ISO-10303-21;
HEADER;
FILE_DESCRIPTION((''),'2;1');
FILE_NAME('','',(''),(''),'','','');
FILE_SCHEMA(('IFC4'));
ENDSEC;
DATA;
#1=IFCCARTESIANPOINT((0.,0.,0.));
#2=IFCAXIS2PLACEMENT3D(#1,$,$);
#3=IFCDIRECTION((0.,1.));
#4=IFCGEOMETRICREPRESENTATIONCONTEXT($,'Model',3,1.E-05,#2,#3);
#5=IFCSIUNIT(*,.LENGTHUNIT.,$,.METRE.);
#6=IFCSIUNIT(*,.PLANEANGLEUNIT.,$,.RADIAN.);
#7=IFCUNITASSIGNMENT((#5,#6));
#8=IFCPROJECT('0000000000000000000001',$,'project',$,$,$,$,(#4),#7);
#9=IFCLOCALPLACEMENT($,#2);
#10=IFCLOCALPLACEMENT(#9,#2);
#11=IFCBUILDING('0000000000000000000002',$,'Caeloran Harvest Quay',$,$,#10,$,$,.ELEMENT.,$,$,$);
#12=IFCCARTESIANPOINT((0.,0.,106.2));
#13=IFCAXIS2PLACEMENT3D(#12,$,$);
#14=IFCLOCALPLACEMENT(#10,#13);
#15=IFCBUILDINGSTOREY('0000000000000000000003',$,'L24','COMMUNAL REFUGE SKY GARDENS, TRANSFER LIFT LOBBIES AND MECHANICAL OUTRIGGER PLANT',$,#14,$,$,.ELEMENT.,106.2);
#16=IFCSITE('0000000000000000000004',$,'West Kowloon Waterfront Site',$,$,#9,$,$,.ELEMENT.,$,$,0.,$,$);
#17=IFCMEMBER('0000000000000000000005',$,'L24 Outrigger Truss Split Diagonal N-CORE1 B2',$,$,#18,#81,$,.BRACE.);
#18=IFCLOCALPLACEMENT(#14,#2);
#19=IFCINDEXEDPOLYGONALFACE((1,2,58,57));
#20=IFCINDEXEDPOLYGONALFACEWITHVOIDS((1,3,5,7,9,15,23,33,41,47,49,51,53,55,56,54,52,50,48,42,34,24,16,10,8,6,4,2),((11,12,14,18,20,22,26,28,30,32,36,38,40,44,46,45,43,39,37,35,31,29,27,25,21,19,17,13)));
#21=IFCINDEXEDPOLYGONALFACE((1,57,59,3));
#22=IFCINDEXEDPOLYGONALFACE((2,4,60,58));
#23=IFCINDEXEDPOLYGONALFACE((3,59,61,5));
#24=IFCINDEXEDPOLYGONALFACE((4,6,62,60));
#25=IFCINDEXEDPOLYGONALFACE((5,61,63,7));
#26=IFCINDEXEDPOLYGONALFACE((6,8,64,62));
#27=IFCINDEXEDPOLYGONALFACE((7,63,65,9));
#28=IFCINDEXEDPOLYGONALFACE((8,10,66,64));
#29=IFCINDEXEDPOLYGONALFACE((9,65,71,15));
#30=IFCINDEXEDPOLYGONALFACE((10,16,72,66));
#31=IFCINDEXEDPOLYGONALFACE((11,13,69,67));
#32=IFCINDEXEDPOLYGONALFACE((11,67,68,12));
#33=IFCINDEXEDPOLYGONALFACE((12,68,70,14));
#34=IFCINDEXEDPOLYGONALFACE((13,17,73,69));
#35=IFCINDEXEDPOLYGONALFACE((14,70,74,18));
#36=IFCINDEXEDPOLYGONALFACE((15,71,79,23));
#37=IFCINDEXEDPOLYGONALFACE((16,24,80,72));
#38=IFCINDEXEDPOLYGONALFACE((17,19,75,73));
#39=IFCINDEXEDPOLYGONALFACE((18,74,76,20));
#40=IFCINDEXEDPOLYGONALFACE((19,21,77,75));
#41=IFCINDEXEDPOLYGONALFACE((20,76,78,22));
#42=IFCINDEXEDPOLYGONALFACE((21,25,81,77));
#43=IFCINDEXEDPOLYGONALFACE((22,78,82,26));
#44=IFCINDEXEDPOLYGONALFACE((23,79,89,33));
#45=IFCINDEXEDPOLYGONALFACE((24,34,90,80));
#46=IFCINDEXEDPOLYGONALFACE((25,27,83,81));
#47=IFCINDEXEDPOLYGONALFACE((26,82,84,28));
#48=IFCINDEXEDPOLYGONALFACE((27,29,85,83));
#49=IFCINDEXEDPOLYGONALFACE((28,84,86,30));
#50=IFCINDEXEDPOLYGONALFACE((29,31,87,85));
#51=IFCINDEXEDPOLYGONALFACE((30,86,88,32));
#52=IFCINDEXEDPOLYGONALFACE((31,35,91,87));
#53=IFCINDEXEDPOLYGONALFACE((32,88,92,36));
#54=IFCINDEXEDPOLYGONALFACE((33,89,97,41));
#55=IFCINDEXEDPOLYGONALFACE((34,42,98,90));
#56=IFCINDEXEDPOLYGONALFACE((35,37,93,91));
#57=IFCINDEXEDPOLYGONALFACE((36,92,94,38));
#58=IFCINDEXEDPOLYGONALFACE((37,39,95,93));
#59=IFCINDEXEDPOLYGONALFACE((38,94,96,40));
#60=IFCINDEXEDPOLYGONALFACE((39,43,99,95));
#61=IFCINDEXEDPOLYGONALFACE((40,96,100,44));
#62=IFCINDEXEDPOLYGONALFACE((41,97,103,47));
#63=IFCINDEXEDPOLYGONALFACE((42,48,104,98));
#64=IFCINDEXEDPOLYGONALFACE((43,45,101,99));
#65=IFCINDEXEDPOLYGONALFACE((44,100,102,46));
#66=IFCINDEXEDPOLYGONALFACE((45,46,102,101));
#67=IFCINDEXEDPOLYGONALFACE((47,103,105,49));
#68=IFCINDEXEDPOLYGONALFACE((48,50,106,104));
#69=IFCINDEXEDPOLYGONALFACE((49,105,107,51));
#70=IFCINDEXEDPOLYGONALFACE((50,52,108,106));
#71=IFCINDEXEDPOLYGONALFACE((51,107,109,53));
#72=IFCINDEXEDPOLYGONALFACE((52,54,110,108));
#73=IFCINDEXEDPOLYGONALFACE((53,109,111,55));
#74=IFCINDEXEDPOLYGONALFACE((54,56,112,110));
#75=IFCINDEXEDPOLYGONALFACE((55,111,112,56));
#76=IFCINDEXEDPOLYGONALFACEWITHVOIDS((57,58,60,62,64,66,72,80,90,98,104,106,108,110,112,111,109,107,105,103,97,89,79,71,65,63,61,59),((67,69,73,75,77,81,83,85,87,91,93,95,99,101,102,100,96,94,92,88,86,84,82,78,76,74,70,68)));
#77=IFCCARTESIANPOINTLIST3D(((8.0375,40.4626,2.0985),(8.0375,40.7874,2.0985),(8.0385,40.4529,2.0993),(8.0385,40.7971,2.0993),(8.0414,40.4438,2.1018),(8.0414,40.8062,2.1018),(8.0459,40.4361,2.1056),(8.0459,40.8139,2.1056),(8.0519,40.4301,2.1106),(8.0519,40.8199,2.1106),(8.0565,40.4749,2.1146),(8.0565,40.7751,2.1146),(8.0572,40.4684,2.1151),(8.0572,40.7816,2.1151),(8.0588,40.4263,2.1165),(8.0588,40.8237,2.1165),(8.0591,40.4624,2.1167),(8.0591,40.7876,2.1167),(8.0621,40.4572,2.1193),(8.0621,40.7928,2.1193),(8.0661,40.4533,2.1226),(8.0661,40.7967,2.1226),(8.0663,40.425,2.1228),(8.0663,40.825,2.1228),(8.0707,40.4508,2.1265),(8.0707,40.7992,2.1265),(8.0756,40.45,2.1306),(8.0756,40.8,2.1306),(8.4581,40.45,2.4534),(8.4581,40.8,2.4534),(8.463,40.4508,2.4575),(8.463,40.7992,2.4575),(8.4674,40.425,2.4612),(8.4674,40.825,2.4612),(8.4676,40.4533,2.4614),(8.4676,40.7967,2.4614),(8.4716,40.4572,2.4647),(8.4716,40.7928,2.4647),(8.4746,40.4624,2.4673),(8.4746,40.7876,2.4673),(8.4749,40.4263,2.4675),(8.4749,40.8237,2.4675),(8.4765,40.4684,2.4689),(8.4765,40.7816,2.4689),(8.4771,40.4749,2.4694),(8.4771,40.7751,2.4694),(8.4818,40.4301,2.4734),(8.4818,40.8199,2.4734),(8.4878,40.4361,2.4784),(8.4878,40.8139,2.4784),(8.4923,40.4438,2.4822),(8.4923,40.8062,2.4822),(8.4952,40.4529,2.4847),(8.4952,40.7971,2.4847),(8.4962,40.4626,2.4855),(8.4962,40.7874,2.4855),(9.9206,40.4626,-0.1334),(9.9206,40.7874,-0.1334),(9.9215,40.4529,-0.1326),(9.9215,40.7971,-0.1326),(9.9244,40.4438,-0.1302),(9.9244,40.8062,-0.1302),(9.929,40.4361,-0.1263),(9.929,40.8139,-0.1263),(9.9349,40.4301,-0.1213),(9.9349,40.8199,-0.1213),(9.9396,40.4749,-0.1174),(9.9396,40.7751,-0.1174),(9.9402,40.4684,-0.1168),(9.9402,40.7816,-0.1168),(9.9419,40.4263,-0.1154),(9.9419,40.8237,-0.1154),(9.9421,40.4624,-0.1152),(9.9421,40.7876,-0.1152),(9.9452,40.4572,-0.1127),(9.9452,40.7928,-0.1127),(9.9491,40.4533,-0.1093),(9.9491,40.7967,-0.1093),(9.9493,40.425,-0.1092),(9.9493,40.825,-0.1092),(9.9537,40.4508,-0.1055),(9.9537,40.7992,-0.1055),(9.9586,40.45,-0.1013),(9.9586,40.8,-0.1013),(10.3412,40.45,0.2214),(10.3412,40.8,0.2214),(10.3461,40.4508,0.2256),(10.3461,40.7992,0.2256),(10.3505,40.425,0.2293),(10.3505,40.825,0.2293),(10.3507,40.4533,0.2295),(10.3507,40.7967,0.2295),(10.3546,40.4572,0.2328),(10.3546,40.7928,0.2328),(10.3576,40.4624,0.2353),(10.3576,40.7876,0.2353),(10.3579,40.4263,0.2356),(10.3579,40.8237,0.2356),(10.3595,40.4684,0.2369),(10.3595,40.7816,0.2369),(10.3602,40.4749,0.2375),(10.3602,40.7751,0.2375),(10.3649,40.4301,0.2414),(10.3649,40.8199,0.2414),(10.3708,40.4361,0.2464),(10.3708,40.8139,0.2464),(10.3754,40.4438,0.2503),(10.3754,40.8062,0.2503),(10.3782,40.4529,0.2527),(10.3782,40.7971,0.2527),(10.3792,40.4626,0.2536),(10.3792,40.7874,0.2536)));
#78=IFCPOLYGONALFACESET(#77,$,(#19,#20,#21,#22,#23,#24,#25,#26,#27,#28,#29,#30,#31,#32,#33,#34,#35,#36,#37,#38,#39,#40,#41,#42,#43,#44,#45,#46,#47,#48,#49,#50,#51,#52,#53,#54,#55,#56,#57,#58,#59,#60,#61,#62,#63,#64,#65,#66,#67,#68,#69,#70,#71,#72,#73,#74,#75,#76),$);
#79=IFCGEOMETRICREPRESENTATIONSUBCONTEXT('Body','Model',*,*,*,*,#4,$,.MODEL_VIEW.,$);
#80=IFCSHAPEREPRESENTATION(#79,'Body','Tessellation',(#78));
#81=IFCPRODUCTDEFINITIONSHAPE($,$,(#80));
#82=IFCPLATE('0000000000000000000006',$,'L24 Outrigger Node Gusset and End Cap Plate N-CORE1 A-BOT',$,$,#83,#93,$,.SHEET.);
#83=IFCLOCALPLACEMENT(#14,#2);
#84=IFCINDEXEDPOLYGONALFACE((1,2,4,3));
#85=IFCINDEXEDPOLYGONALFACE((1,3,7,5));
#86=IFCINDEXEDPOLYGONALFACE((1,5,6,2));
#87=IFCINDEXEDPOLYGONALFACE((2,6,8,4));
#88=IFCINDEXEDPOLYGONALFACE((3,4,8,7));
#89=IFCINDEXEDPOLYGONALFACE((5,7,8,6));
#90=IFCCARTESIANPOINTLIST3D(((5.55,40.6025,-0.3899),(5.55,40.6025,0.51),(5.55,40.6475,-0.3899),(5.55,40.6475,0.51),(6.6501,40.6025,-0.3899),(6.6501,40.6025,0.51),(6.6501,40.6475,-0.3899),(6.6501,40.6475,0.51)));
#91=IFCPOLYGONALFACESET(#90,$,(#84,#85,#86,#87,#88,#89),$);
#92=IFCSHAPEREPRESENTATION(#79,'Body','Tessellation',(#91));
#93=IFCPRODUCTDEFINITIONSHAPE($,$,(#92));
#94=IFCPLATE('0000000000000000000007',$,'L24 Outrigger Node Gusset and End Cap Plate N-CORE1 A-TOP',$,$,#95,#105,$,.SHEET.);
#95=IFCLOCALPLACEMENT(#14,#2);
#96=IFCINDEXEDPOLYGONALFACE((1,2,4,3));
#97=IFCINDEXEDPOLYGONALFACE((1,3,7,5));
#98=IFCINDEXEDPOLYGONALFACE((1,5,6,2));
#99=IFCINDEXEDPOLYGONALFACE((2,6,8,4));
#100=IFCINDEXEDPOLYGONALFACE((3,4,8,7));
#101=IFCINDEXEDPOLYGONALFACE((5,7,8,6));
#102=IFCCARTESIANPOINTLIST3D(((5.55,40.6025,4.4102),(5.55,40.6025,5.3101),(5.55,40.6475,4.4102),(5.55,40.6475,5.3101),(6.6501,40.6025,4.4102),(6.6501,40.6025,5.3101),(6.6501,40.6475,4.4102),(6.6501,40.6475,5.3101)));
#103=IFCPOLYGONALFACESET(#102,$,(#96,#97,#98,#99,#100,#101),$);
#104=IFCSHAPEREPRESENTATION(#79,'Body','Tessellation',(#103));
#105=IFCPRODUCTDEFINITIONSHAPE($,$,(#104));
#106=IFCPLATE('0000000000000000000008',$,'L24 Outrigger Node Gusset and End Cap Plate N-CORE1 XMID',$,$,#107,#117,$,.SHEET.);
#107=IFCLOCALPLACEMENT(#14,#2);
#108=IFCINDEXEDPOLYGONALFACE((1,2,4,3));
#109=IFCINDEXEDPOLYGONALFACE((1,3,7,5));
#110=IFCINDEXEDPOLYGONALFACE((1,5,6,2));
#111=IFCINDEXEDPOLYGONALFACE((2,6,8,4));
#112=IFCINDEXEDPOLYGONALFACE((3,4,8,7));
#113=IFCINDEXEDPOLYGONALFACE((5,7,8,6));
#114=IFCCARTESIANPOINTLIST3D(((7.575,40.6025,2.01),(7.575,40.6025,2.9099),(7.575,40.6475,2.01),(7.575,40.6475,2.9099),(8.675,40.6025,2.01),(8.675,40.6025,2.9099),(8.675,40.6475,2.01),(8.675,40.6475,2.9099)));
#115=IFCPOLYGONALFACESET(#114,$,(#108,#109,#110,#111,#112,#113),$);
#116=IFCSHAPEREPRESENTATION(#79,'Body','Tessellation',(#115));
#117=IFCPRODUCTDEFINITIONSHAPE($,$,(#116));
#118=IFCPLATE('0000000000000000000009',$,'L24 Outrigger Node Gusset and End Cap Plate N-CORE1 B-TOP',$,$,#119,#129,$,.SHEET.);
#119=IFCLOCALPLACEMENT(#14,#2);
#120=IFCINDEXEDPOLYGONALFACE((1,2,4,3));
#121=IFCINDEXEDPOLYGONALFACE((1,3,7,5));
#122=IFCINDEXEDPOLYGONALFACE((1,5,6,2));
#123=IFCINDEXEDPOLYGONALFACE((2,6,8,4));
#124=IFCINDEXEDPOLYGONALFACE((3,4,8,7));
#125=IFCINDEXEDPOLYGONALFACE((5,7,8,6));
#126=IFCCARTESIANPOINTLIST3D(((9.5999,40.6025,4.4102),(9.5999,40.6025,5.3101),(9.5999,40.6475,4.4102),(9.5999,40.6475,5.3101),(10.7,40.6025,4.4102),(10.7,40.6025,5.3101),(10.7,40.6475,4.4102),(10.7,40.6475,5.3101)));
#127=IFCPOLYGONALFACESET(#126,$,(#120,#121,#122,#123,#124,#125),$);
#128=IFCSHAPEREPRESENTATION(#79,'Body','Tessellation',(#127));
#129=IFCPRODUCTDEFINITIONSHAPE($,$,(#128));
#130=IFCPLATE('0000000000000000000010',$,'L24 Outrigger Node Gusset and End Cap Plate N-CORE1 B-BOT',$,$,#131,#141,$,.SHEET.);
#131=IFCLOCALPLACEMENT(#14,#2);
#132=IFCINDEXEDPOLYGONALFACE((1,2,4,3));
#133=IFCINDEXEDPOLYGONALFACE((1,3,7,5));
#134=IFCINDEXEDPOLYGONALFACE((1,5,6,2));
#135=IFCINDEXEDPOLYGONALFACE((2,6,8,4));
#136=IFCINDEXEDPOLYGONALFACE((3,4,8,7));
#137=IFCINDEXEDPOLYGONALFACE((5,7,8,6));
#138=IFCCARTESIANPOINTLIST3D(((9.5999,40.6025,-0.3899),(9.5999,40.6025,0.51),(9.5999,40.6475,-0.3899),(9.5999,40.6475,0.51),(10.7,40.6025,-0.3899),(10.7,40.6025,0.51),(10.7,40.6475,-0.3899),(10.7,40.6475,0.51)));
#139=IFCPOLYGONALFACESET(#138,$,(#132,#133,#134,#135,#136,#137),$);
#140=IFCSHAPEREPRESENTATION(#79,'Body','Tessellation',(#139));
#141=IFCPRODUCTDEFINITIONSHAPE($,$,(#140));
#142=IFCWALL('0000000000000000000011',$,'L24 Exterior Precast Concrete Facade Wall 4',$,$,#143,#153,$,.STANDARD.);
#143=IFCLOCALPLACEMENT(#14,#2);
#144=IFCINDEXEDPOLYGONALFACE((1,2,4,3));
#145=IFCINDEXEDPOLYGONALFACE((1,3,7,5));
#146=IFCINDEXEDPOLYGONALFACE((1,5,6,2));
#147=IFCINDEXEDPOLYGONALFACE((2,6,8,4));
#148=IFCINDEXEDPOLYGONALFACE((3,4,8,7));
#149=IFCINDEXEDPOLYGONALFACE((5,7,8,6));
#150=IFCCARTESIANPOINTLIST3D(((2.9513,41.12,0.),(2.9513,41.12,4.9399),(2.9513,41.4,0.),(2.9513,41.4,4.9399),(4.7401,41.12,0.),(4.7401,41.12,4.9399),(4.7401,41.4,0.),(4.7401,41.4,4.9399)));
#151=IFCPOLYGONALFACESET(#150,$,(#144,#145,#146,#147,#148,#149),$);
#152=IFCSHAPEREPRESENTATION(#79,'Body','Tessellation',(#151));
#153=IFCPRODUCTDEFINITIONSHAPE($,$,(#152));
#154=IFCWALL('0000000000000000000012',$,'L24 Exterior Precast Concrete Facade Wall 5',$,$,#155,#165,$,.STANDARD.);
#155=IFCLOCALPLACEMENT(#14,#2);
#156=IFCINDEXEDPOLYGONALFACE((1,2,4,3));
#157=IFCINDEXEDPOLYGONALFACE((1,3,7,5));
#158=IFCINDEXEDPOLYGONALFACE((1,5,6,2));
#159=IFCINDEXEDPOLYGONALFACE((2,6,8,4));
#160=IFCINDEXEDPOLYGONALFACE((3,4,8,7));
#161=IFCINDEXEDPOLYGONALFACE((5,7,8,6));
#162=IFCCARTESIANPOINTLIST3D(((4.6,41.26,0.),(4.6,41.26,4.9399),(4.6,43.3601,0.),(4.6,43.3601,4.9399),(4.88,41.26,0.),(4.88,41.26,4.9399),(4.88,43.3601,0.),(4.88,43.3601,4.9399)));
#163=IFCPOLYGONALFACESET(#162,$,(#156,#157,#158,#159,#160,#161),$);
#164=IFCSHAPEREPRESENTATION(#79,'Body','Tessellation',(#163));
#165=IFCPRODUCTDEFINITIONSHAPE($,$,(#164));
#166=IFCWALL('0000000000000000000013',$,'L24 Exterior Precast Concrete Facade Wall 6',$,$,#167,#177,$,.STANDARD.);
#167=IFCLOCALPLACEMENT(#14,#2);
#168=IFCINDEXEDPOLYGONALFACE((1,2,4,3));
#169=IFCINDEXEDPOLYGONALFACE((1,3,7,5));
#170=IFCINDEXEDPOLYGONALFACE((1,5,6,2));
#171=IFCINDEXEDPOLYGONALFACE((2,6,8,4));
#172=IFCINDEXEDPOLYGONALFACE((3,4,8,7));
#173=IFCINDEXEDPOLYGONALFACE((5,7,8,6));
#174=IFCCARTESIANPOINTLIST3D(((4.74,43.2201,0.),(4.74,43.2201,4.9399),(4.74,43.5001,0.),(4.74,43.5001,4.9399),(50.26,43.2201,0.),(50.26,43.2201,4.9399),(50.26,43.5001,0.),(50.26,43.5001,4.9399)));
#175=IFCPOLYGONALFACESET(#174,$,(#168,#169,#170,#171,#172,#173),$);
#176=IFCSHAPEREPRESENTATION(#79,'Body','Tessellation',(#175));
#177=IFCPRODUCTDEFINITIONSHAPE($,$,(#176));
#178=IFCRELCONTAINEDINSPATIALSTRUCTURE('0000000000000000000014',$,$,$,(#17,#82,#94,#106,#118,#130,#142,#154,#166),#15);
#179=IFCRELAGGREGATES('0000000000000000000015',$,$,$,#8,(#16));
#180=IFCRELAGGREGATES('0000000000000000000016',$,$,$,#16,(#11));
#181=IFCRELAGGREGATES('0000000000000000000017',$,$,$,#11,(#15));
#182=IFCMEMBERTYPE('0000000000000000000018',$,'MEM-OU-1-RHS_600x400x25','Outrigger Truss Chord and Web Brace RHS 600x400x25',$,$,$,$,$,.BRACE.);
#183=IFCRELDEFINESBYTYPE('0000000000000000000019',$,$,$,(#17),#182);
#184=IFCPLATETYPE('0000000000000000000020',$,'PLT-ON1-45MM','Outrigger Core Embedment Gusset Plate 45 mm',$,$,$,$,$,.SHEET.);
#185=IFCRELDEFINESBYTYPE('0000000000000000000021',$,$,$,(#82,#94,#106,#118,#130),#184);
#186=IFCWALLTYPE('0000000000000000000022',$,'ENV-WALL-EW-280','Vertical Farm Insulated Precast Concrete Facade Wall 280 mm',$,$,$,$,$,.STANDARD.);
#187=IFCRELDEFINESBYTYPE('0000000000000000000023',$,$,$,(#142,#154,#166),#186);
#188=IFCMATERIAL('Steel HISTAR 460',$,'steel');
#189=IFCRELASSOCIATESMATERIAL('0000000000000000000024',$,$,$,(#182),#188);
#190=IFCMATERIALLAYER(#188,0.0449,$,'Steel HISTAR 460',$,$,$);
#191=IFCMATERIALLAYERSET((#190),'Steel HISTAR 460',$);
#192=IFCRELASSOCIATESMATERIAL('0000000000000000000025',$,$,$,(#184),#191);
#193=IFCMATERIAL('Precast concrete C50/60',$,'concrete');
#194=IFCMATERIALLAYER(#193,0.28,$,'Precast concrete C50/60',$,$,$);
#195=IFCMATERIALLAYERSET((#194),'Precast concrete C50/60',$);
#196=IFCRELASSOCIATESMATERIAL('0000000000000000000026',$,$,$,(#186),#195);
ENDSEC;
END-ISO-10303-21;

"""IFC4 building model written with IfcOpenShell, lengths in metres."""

from ifc_helpers import new_model, si_unit, direction, frame, frame_2d, origin, origin_2d, place, context, subcontext, project, spatial, rectangle, hollow_rectangle, extrude, material, layer, layer_set, material_profile, profile_set, type_object, element, save


model = new_model("IFC4")

# Units and contexts
model_context = context("Model", 3, precision=1e-05, world=origin(), true_north=direction((0.0, 1.0)))
body_context = subcontext(model_context, "Body", "Model", "MODEL_VIEW")
ifc_project = project(units=[si_unit("LENGTHUNIT", "METRE"), si_unit("PLANEANGLEUNIT", "RADIAN")], contexts=[model_context])

# Site, building, storey
site_placement = place(None, origin())
site = spatial("IfcSite", under=ifc_project, at=site_placement, Name="West Kowloon Waterfront Site", CompositionType="ELEMENT", RefElevation=0.0)
building_placement = place(site_placement, origin())
building = spatial("IfcBuilding", under=site, at=building_placement, Name="Caeloran Harvest Quay", CompositionType="ELEMENT")
storey_placement = place(building_placement, frame((0.0, 0.0, 106.2)))
storey = spatial("IfcBuildingStorey", under=building, at=storey_placement, Name="L24", Description="COMMUNAL REFUGE SKY GARDENS, TRANSFER LIFT LOBBIES AND MECHANICAL OUTRIGGER PLANT", CompositionType="ELEMENT", Elevation=106.2)

# Member
ifc_material_1 = material(Name="Steel HISTAR 460", Category="steel")
ifc_material_profile_1 = material_profile(ifc_material_1, hollow_rectangle(XDim=0.3999, YDim=0.6001, WallThickness=0.0249, InnerFilletRadius=0.0249, OuterFilletRadius=0.0376, at=origin_2d()), Name="RHS 600x400x25")
ifc_profile_set_1 = profile_set([ifc_material_profile_1], Name="Steel HISTAR 460")
member_type = type_object("IfcMemberType", Name="MEM-OU-1-RHS_600x400x25", Description="Outrigger Truss Chord and Web Brace RHS 600x400x25", PredefinedType="BRACE", material=ifc_profile_set_1)
for number, where, z_axis, x_axis, name in (
    (1, (8.2668, 40.625, 2.292), (0.644843, 0.0, -0.764315), (0.0, 1.0, 0.0), "L24 Outrigger Truss Split Diagonal N-CORE1 B2"),
):
    element("IfcMember", number, at=place(storey_placement, frame(where, z_axis=z_axis, x_axis=x_axis)), inside=storey, type_object=member_type, Name=name, PredefinedType="BRACE", context=body_context, shape_type="SweptSolid", body=[
        extrude(hollow_rectangle(XDim=0.3999, YDim=0.6001, WallThickness=0.0249, InnerFilletRadius=0.0249, OuterFilletRadius=0.0376, at=origin_2d()), origin(), (0.0, 0.0, 1.0), 2.9202),
    ])

# Plates
ifc_layer_1 = layer(ifc_material_1, 0.0449, Name="Steel HISTAR 460")
ifc_layer_set_1 = layer_set([ifc_layer_1], Name="Steel HISTAR 460")
plate_type = type_object("IfcPlateType", Name="PLT-ON1-45MM", Description="Outrigger Core Embedment Gusset Plate 45 mm", PredefinedType="SHEET", material=ifc_layer_set_1)
for number, where, z_axis, x_axis, name in (
    (2, (6.1001, 40.625, -0.3899), (0.0, 0.0, 1.0), (1.0, 0.0, 0.0), "L24 Outrigger Node Gusset and End Cap Plate N-CORE1 A-BOT"),
    (3, (6.1001, 40.625, 4.4102), (0.0, 0.0, 1.0), (1.0, 0.0, 0.0), "L24 Outrigger Node Gusset and End Cap Plate N-CORE1 A-TOP"),
    (4, (8.125, 40.625, 2.01), (0.0, 0.0, 1.0), (1.0, 0.0, 0.0), "L24 Outrigger Node Gusset and End Cap Plate N-CORE1 XMID"),
    (5, (10.1499, 40.625, 4.4102), (0.0, 0.0, 1.0), (1.0, 0.0, 0.0), "L24 Outrigger Node Gusset and End Cap Plate N-CORE1 B-TOP"),
    (6, (10.1499, 40.625, -0.3899), (0.0, 0.0, 1.0), (1.0, 0.0, 0.0), "L24 Outrigger Node Gusset and End Cap Plate N-CORE1 B-BOT"),
):
    element("IfcPlate", number, at=place(storey_placement, frame(where, z_axis=z_axis, x_axis=x_axis)), inside=storey, type_object=plate_type, Name=name, PredefinedType="SHEET", context=body_context, shape_type="SweptSolid", body=[
        extrude(rectangle(XDim=1.1001, YDim=0.0449, at=origin_2d()), origin(), (0.0, 0.0, 1.0), 0.8999),
    ])

# Walls
ifc_material_2 = material(Name="Precast concrete C50/60", Category="concrete")
ifc_layer_2 = layer(ifc_material_2, 0.28, Name="Precast concrete C50/60")
ifc_layer_set_2 = layer_set([ifc_layer_2], Name="Precast concrete C50/60")
wall_type_1 = type_object("IfcWallType", Name="ENV-WALL-EW-280", Description="Vertical Farm Insulated Precast Concrete Facade Wall 280 mm", PredefinedType="STANDARD", material=ifc_layer_set_2)
wall_1_placement = place(storey_placement, frame((2.9512, 41.26, 0.0), z_axis=(0.0, 0.0, 1.0), x_axis=(1.0, 0.0, 0.0)))
element("IfcWall", 7, at=wall_1_placement, inside=storey, type_object=wall_type_1, Name="L24 Exterior Precast Concrete Facade Wall 4", PredefinedType="STANDARD", context=body_context, shape_type="SweptSolid", body=[
    extrude(rectangle(XDim=1.7888, YDim=0.28, at=frame_2d((0.8945, 0.0))), origin(), (0.0, 0.0, 1.0), 4.9399),
])
wall_2_placement = place(storey_placement, frame((4.74, 41.26, 0.0), z_axis=(0.0, 0.0, 1.0), x_axis=(0.0, 1.0, 0.0)))
element("IfcWall", 8, at=wall_2_placement, inside=storey, type_object=wall_type_1, Name="L24 Exterior Precast Concrete Facade Wall 5", PredefinedType="STANDARD", context=body_context, shape_type="SweptSolid", body=[
    extrude(rectangle(XDim=2.1001, YDim=0.28, at=frame_2d((1.05, 0.0))), origin(), (0.0, 0.0, 1.0), 4.9399),
])
wall_3_placement = place(storey_placement, frame((4.74, 43.3601, 0.0), z_axis=(0.0, 0.0, 1.0), x_axis=(1.0, 0.0, 0.0)))
element("IfcWall", 9, at=wall_3_placement, inside=storey, type_object=wall_type_1, Name="L24 Exterior Precast Concrete Facade Wall 6", PredefinedType="STANDARD", context=body_context, shape_type="SweptSolid", body=[
    extrude(rectangle(XDim=45.52, YDim=0.28, at=frame_2d((22.76, 0.0))), origin(), (0.0, 0.0, 1.0), 4.9399),
])

save(model, "model.ifc")
